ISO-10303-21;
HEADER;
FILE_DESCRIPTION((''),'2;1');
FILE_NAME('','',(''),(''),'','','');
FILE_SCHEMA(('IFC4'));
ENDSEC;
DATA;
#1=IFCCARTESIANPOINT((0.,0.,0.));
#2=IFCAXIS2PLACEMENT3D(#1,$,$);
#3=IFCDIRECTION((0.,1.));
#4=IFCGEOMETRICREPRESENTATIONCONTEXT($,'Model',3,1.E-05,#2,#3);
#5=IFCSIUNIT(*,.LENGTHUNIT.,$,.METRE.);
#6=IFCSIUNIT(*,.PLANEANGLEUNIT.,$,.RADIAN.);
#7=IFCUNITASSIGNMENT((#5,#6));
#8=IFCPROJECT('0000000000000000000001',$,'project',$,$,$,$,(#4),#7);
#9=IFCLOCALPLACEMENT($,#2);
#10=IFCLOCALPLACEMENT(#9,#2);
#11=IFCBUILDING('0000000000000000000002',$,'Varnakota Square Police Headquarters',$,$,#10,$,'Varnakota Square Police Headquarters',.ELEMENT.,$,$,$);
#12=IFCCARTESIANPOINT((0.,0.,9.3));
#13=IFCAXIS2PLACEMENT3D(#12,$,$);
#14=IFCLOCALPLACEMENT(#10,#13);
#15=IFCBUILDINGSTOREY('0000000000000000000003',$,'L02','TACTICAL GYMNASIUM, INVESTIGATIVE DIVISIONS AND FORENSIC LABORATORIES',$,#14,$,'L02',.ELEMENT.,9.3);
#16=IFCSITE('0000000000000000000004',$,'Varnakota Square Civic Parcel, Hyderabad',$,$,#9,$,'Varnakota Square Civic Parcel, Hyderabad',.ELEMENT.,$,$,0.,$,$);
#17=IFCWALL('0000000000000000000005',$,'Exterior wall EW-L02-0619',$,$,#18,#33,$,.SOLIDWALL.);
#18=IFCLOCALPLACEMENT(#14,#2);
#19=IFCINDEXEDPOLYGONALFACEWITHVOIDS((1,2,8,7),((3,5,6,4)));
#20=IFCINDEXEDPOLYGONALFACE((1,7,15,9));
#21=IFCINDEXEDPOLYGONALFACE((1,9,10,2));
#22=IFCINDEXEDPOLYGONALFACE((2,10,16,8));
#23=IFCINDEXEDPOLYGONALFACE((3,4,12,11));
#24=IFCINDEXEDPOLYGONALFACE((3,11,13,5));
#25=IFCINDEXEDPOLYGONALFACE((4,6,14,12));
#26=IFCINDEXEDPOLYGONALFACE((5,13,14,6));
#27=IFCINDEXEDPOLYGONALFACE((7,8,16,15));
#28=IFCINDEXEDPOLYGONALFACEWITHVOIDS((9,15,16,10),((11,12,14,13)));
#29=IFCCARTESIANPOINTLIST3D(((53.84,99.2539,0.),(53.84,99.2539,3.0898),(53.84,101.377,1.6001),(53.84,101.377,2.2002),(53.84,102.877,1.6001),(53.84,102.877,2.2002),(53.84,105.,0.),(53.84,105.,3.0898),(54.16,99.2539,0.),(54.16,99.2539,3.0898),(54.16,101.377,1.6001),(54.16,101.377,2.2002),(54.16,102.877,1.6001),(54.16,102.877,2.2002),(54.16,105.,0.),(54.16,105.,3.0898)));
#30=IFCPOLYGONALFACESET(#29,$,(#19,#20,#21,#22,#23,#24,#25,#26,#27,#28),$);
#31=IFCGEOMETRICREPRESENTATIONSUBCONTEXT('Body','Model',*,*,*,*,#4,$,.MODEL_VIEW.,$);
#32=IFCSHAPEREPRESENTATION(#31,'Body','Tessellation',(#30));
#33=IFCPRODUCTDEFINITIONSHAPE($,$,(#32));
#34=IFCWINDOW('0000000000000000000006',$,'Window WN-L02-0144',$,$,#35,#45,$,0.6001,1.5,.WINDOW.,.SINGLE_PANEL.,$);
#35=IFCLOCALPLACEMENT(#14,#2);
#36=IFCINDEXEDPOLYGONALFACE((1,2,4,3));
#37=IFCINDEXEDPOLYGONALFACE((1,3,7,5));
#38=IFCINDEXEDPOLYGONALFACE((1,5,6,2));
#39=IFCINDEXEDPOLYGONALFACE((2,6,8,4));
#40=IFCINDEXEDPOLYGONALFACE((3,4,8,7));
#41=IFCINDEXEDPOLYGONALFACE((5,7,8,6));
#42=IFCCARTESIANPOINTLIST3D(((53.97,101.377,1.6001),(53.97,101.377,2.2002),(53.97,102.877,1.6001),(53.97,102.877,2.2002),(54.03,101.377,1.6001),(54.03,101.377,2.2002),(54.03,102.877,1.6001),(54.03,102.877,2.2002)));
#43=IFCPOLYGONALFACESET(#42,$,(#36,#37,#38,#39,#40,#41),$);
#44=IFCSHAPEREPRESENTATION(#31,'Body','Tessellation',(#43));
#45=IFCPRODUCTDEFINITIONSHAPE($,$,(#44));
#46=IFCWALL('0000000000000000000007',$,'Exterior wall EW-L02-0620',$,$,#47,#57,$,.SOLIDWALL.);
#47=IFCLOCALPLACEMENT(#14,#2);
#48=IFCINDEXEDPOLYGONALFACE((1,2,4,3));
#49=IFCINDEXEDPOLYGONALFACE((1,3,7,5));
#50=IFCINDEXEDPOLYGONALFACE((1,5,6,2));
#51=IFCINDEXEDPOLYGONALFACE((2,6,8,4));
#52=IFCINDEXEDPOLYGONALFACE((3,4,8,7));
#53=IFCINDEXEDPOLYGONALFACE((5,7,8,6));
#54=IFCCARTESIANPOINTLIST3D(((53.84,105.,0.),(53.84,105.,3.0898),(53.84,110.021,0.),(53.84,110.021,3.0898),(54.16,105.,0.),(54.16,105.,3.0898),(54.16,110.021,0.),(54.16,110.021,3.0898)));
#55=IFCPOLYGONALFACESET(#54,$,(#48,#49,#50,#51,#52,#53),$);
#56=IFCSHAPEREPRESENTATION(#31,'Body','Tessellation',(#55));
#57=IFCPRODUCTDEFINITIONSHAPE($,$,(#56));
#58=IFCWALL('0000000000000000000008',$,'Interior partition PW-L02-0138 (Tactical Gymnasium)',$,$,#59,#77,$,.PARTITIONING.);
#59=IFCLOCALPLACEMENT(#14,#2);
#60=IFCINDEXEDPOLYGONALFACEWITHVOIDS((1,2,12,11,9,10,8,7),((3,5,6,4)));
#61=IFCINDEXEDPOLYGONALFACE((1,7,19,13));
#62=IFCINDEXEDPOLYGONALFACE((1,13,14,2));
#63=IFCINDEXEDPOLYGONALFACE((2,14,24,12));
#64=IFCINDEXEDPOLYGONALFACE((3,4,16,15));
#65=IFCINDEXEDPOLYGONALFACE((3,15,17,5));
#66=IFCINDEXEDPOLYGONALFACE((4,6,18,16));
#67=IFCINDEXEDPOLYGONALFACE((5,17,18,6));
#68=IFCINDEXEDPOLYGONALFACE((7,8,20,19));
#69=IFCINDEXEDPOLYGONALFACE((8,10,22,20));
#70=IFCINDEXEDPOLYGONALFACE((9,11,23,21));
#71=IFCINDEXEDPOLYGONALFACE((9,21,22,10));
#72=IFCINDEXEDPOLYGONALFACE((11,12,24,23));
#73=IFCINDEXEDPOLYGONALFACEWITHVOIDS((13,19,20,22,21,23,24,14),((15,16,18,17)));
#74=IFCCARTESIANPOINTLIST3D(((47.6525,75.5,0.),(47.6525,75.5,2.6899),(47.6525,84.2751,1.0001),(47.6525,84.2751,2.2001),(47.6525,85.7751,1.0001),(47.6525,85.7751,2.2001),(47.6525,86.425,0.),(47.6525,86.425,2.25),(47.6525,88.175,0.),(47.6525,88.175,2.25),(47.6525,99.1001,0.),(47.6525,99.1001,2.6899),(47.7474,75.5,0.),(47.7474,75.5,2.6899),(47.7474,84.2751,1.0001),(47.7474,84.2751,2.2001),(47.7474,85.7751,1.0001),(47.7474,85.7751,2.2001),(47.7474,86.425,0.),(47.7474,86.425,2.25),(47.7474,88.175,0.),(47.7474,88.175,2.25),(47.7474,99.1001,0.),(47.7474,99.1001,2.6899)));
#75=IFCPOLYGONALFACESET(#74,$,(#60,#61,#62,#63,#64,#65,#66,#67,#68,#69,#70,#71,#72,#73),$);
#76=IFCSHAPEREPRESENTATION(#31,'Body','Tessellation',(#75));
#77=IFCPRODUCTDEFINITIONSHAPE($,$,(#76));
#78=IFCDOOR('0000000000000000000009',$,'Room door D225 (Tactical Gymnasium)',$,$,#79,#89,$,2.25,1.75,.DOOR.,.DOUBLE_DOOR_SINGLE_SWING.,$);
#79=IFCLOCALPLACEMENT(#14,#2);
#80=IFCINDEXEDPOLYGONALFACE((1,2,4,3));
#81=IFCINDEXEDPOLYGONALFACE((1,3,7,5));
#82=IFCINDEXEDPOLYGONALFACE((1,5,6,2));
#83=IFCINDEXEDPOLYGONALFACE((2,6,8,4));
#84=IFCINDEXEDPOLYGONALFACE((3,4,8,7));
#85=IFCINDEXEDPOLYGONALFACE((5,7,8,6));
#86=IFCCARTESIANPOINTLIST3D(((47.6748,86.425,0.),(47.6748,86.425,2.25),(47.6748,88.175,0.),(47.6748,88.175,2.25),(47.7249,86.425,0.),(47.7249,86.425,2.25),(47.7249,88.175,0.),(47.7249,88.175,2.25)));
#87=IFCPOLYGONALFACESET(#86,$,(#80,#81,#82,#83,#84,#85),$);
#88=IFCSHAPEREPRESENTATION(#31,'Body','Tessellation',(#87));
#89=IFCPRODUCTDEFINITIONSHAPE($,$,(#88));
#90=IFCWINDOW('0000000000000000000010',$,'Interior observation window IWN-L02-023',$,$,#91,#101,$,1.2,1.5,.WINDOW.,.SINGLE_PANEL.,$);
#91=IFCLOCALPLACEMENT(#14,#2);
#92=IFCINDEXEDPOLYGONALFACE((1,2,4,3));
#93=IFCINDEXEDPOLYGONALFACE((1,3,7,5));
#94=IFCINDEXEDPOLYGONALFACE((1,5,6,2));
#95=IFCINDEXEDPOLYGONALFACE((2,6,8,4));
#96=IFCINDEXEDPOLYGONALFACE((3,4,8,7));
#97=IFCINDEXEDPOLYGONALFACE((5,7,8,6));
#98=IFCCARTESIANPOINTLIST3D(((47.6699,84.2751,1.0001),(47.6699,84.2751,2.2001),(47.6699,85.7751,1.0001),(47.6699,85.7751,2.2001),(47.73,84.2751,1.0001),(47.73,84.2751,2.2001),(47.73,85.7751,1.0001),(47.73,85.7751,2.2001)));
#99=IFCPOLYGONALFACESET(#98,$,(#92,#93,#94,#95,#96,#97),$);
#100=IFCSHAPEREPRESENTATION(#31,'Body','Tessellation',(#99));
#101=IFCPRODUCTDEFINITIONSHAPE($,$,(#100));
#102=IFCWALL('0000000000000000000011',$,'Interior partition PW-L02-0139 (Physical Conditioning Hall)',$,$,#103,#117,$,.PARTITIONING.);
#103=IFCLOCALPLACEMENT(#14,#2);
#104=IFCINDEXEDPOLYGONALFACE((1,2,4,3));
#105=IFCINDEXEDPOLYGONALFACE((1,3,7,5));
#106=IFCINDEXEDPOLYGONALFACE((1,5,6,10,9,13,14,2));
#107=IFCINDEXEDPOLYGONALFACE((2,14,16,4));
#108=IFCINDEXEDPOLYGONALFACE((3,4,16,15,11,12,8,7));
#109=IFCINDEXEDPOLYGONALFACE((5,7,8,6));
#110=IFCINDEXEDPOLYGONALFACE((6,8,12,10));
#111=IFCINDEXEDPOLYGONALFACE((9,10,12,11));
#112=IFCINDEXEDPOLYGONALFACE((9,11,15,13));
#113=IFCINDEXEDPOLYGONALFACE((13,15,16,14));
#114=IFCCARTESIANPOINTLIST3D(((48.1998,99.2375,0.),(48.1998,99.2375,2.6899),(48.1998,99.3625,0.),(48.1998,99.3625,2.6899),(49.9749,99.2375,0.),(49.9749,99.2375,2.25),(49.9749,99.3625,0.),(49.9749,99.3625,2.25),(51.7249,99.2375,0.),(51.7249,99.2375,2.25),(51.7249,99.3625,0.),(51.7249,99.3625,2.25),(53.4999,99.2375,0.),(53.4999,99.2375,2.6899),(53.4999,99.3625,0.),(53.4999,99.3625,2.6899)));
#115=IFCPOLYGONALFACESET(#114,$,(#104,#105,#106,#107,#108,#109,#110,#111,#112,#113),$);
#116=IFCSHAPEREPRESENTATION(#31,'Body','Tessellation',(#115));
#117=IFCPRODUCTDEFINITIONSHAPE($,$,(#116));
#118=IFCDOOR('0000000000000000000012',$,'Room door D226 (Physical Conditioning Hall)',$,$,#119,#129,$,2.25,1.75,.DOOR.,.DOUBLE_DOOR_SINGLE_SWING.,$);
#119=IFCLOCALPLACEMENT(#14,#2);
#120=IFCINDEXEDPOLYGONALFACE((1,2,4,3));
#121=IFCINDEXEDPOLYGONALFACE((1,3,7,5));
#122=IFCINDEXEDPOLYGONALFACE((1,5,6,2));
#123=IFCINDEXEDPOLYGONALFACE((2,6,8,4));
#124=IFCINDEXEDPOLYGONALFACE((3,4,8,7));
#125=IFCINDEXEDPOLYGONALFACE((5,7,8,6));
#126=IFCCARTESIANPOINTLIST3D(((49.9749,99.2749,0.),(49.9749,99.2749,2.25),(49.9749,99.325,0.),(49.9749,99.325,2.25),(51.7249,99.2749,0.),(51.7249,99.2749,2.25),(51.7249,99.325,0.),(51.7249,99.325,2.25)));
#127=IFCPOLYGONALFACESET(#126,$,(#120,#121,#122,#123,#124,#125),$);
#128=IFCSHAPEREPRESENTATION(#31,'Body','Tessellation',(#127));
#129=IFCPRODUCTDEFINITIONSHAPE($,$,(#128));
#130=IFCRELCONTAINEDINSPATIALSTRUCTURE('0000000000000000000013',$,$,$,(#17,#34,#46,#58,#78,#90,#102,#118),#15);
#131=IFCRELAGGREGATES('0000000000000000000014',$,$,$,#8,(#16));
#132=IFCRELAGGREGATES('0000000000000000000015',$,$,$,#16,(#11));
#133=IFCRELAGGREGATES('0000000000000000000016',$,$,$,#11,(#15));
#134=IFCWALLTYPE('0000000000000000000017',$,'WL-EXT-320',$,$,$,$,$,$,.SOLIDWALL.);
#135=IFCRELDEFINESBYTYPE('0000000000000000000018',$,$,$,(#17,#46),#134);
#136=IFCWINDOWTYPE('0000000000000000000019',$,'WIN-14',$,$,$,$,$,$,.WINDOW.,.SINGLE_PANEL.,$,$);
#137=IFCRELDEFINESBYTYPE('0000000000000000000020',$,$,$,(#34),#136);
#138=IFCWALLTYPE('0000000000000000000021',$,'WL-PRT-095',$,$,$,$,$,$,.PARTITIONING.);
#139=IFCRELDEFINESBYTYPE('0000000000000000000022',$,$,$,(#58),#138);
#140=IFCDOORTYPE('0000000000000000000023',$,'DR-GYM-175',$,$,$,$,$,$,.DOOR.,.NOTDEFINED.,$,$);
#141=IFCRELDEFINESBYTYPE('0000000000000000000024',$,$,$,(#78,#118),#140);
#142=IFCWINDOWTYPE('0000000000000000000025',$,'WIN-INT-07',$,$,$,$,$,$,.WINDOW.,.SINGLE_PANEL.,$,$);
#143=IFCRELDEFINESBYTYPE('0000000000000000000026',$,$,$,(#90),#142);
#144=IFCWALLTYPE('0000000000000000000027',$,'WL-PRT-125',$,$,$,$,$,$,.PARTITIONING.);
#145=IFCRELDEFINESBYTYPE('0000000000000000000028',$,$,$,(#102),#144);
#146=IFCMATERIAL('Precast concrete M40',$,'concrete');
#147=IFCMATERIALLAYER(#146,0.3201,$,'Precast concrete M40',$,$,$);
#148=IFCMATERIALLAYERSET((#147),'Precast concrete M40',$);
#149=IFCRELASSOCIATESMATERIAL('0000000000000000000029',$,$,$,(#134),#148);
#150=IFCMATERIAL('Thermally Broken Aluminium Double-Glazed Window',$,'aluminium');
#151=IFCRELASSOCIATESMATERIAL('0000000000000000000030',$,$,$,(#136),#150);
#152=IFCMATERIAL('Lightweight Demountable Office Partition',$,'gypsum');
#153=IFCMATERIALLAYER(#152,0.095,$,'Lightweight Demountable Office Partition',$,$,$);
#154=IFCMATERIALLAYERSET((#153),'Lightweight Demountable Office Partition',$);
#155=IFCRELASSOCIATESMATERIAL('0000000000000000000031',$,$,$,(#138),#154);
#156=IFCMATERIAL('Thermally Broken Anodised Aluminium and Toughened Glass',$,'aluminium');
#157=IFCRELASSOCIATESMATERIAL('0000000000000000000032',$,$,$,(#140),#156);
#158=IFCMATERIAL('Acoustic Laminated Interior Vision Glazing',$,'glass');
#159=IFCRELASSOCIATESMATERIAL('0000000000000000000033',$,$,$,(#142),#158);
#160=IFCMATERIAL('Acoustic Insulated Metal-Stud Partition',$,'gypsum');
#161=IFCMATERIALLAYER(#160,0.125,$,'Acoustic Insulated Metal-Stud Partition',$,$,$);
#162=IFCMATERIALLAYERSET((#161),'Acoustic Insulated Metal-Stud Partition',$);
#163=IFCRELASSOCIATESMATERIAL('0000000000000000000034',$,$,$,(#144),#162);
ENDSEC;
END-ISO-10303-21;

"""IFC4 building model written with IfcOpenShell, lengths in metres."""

from ifc_helpers import new_model, si_unit, direction, frame, frame_2d, origin, place, context, subcontext, project, spatial, rectangle, extrude, material, layer, layer_set, type_object, element, fill, save


model = new_model("IFC4")

# Units and contexts
model_context = context("Model", 3, precision=1e-05, world=origin(), true_north=direction((0.0, 1.0)))
body_context = subcontext(model_context, "Body", "Model", "MODEL_VIEW")
ifc_project = project(units=[si_unit("LENGTHUNIT", "METRE"), si_unit("PLANEANGLEUNIT", "RADIAN")], contexts=[model_context])

# Site, building, storey
site_placement = place(None, origin())
site = spatial("IfcSite", under=ifc_project, at=site_placement, Name="Varnakota Square Civic Parcel, Hyderabad", LongName="Varnakota Square Civic Parcel, Hyderabad", CompositionType="ELEMENT", RefElevation=0.0)
building_placement = place(site_placement, origin())
building = spatial("IfcBuilding", under=site, at=building_placement, Name="Varnakota Square Police Headquarters", LongName="Varnakota Square Police Headquarters", CompositionType="ELEMENT")
storey_placement = place(building_placement, frame((0.0, 0.0, 9.3)))
storey = spatial("IfcBuildingStorey", under=building, at=storey_placement, Name="L02", Description="TACTICAL GYMNASIUM, INVESTIGATIVE DIVISIONS AND FORENSIC LABORATORIES", LongName="L02", CompositionType="ELEMENT", Elevation=9.3)

# Wall, opening, window
ifc_material_1 = material(Name="Precast concrete M40", Category="concrete")
ifc_material_2 = material(Name="Thermally Broken Aluminium Double-Glazed Window", Category="aluminium")
ifc_layer_1 = layer(ifc_material_1, 0.3201, Name="Precast concrete M40")
ifc_layer_set_1 = layer_set([ifc_layer_1], Name="Precast concrete M40")
wall_type_1 = type_object("IfcWallType", Name="WL-EXT-320", PredefinedType="SOLIDWALL", material=ifc_layer_set_1)
wall_1_placement = place(storey_placement, frame((54.0, 99.2539, 0.0), z_axis=(0.0, 0.0, 1.0), x_axis=(0.0, 1.0, 0.0)))
wall_1 = element("IfcWall", 1, at=wall_1_placement, inside=storey, type_object=wall_type_1, Name="Exterior wall EW-L02-0619", PredefinedType="SOLIDWALL", context=body_context, shape_type="SweptSolid", body=[
    extrude(rectangle(XDim=5.7461, YDim=0.3201, at=frame_2d((2.873, 0.0))), origin(), (0.0, 0.0, 1.0), 3.0898),
])
opening_1_placement = place(wall_1_placement, frame((2.123, 0.0, 1.6001)))
opening_1 = element("IfcOpeningElement", 2, at=opening_1_placement, cuts=wall_1, PredefinedType="OPENING", context=body_context, shape_type="SweptSolid", body=[
    extrude(rectangle(XDim=1.5, YDim=0.6001, at=frame_2d((0.75, 0.3))), frame((0.0, 0.1699, 0.0), z_axis=(0.0, -1.0, 0.0), x_axis=(1.0, 0.0, 0.0)), (0.0, 0.0, 1.0), 0.3401),
])
window_type_1 = type_object("IfcWindowType", Name="WIN-14", PartitioningType="SINGLE_PANEL", PredefinedType="WINDOW", material=ifc_material_2)
window_1_placement = place(opening_1_placement, origin())
window_1 = element("IfcWindow", 3, at=window_1_placement, inside=storey, type_object=window_type_1, Name="Window WN-L02-0144", OverallHeight=0.6001, OverallWidth=1.5, PartitioningType="SINGLE_PANEL", PredefinedType="WINDOW", context=body_context, shape_type="SweptSolid", body=[
    extrude(rectangle(XDim=1.5, YDim=0.6001, at=frame_2d((0.75, 0.3))), frame((0.0, 0.03, 0.0), z_axis=(0.0, -1.0, 0.0), x_axis=(1.0, 0.0, 0.0)), (0.0, 0.0, 1.0), 0.0601),
])
fill(opening_1, window_1)

# Wall
wall_2_placement = place(storey_placement, frame((54.0, 105.0, 0.0), z_axis=(0.0, 0.0, 1.0), x_axis=(0.0, 1.0, 0.0)))
element("IfcWall", 4, at=wall_2_placement, inside=storey, type_object=wall_type_1, Name="Exterior wall EW-L02-0620", PredefinedType="SOLIDWALL", context=body_context, shape_type="SweptSolid", body=[
    extrude(rectangle(XDim=5.021, YDim=0.3201, at=frame_2d((2.5105, 0.0))), origin(), (0.0, 0.0, 1.0), 3.0898),
])

# Wall, openings, door, window
ifc_material_3 = material(Name="Lightweight Demountable Office Partition", Category="gypsum")
ifc_layer_2 = layer(ifc_material_3, 0.095, Name="Lightweight Demountable Office Partition")
ifc_layer_set_2 = layer_set([ifc_layer_2], Name="Lightweight Demountable Office Partition")
wall_type_2 = type_object("IfcWallType", Name="WL-PRT-095", PredefinedType="PARTITIONING", material=ifc_layer_set_2)
wall_3_placement = place(storey_placement, frame((47.7, 99.1001, 0.0), z_axis=(0.0, 0.0, 1.0), x_axis=(0.0, -1.0, 0.0)))
wall_3 = element("IfcWall", 5, at=wall_3_placement, inside=storey, type_object=wall_type_2, Name="Interior partition PW-L02-0138 (Tactical Gymnasium)", PredefinedType="PARTITIONING", context=body_context, shape_type="SweptSolid", body=[
    extrude(rectangle(XDim=23.6001, YDim=0.095, at=frame_2d((11.8, 0.0))), origin(), (0.0, 0.0, 1.0), 2.6899),
])
opening_2_placement = place(wall_3_placement, frame((10.925, 0.0, 0.0)))
opening_2 = element("IfcOpeningElement", 6, at=opening_2_placement, cuts=wall_3, PredefinedType="OPENING", context=body_context, shape_type="SweptSolid", body=[
    extrude(rectangle(XDim=1.75, YDim=2.25, at=frame_2d((0.875, 1.125))), frame((0.0, 0.0574, 0.0), z_axis=(0.0, -1.0, 0.0), x_axis=(1.0, 0.0, 0.0)), (0.0, 0.0, 1.0), 0.115),
])
opening_3_placement = place(wall_3_placement, frame((13.325, 0.0, 1.0)))
opening_3 = element("IfcOpeningElement", 7, at=opening_3_placement, cuts=wall_3, PredefinedType="OPENING", context=body_context, shape_type="SweptSolid", body=[
    extrude(rectangle(XDim=1.5, YDim=1.2, at=frame_2d((0.75, 0.6001))), frame((0.0, 0.0574, 0.0), z_axis=(0.0, -1.0, 0.0), x_axis=(1.0, 0.0, 0.0)), (0.0, 0.0, 1.0), 0.115),
])
ifc_material_4 = material(Name="Thermally Broken Anodised Aluminium and Toughened Glass", Category="aluminium")
door_type = type_object("IfcDoorType", Name="DR-GYM-175", OperationType="NOTDEFINED", PredefinedType="DOOR", material=ifc_material_4)
door_1_placement = place(opening_2_placement, origin())
door_1 = element("IfcDoor", 8, at=door_1_placement, inside=storey, type_object=door_type, Name="Room door D225 (Tactical Gymnasium)", OperationType="DOUBLE_DOOR_SINGLE_SWING", OverallHeight=2.25, OverallWidth=1.75, PredefinedType="DOOR", context=body_context, shape_type="SweptSolid", body=[
    extrude(rectangle(XDim=1.75, YDim=2.25, at=frame_2d((0.875, 1.125))), frame((0.0, 0.0249, 0.0), z_axis=(0.0, -1.0, 0.0), x_axis=(1.0, 0.0, 0.0)), (0.0, 0.0, 1.0), 0.05),
])
fill(opening_2, door_1)
ifc_material_5 = material(Name="Acoustic Laminated Interior Vision Glazing", Category="glass")
window_type_2 = type_object("IfcWindowType", Name="WIN-INT-07", PartitioningType="SINGLE_PANEL", PredefinedType="WINDOW", material=ifc_material_5)
window_2_placement = place(opening_3_placement, origin())
window_2 = element("IfcWindow", 9, at=window_2_placement, inside=storey, type_object=window_type_2, Name="Interior observation window IWN-L02-023", OverallHeight=1.2, OverallWidth=1.5, PartitioningType="SINGLE_PANEL", PredefinedType="WINDOW", context=body_context, shape_type="SweptSolid", body=[
    extrude(rectangle(XDim=1.5, YDim=1.2, at=frame_2d((0.75, 0.6001))), frame((0.0, 0.03, 0.0), z_axis=(0.0, -1.0, 0.0), x_axis=(1.0, 0.0, 0.0)), (0.0, 0.0, 1.0), 0.0601),
])
fill(opening_3, window_2)

# Wall, opening, door
ifc_material_6 = material(Name="Acoustic Insulated Metal-Stud Partition", Category="gypsum")
ifc_layer_3 = layer(ifc_material_6, 0.125, Name="Acoustic Insulated Metal-Stud Partition")
ifc_layer_set_3 = layer_set([ifc_layer_3], Name="Acoustic Insulated Metal-Stud Partition")
wall_type_3 = type_object("IfcWallType", Name="WL-PRT-125", PredefinedType="PARTITIONING", material=ifc_layer_set_3)
wall_4_placement = place(storey_placement, frame((48.2, 99.3, 0.0), z_axis=(0.0, 0.0, 1.0), x_axis=(1.0, 0.0, 0.0)))
wall_4 = element("IfcWall", 10, at=wall_4_placement, inside=storey, type_object=wall_type_3, Name="Interior partition PW-L02-0139 (Physical Conditioning Hall)", PredefinedType="PARTITIONING", context=body_context, shape_type="SweptSolid", body=[
    extrude(rectangle(XDim=5.3, YDim=0.125, at=frame_2d((2.6499, 0.0))), origin(), (0.0, 0.0, 1.0), 2.6899),
])
opening_4_placement = place(wall_4_placement, frame((1.7749, 0.0, 0.0)))
opening_4 = element("IfcOpeningElement", 11, at=opening_4_placement, cuts=wall_4, PredefinedType="OPENING", context=body_context, shape_type="SweptSolid", body=[
    extrude(rectangle(XDim=1.75, YDim=2.25, at=frame_2d((0.875, 1.125))), frame((0.0, 0.0725, 0.0), z_axis=(0.0, -1.0, 0.0), x_axis=(1.0, 0.0, 0.0)), (0.0, 0.0, 1.0), 0.145),
])
door_2_placement = place(opening_4_placement, origin())
door_2 = element("IfcDoor", 12, at=door_2_placement, inside=storey, type_object=door_type, Name="Room door D226 (Physical Conditioning Hall)", OperationType="DOUBLE_DOOR_SINGLE_SWING", OverallHeight=2.25, OverallWidth=1.75, PredefinedType="DOOR", context=body_context, shape_type="SweptSolid", body=[
    extrude(rectangle(XDim=1.75, YDim=2.25, at=frame_2d((0.875, 1.125))), frame((0.0, 0.0249, 0.0), z_axis=(0.0, -1.0, 0.0), x_axis=(1.0, 0.0, 0.0)), (0.0, 0.0, 1.0), 0.05),
])
fill(opening_4, door_2)

save(model, "model.ifc")
